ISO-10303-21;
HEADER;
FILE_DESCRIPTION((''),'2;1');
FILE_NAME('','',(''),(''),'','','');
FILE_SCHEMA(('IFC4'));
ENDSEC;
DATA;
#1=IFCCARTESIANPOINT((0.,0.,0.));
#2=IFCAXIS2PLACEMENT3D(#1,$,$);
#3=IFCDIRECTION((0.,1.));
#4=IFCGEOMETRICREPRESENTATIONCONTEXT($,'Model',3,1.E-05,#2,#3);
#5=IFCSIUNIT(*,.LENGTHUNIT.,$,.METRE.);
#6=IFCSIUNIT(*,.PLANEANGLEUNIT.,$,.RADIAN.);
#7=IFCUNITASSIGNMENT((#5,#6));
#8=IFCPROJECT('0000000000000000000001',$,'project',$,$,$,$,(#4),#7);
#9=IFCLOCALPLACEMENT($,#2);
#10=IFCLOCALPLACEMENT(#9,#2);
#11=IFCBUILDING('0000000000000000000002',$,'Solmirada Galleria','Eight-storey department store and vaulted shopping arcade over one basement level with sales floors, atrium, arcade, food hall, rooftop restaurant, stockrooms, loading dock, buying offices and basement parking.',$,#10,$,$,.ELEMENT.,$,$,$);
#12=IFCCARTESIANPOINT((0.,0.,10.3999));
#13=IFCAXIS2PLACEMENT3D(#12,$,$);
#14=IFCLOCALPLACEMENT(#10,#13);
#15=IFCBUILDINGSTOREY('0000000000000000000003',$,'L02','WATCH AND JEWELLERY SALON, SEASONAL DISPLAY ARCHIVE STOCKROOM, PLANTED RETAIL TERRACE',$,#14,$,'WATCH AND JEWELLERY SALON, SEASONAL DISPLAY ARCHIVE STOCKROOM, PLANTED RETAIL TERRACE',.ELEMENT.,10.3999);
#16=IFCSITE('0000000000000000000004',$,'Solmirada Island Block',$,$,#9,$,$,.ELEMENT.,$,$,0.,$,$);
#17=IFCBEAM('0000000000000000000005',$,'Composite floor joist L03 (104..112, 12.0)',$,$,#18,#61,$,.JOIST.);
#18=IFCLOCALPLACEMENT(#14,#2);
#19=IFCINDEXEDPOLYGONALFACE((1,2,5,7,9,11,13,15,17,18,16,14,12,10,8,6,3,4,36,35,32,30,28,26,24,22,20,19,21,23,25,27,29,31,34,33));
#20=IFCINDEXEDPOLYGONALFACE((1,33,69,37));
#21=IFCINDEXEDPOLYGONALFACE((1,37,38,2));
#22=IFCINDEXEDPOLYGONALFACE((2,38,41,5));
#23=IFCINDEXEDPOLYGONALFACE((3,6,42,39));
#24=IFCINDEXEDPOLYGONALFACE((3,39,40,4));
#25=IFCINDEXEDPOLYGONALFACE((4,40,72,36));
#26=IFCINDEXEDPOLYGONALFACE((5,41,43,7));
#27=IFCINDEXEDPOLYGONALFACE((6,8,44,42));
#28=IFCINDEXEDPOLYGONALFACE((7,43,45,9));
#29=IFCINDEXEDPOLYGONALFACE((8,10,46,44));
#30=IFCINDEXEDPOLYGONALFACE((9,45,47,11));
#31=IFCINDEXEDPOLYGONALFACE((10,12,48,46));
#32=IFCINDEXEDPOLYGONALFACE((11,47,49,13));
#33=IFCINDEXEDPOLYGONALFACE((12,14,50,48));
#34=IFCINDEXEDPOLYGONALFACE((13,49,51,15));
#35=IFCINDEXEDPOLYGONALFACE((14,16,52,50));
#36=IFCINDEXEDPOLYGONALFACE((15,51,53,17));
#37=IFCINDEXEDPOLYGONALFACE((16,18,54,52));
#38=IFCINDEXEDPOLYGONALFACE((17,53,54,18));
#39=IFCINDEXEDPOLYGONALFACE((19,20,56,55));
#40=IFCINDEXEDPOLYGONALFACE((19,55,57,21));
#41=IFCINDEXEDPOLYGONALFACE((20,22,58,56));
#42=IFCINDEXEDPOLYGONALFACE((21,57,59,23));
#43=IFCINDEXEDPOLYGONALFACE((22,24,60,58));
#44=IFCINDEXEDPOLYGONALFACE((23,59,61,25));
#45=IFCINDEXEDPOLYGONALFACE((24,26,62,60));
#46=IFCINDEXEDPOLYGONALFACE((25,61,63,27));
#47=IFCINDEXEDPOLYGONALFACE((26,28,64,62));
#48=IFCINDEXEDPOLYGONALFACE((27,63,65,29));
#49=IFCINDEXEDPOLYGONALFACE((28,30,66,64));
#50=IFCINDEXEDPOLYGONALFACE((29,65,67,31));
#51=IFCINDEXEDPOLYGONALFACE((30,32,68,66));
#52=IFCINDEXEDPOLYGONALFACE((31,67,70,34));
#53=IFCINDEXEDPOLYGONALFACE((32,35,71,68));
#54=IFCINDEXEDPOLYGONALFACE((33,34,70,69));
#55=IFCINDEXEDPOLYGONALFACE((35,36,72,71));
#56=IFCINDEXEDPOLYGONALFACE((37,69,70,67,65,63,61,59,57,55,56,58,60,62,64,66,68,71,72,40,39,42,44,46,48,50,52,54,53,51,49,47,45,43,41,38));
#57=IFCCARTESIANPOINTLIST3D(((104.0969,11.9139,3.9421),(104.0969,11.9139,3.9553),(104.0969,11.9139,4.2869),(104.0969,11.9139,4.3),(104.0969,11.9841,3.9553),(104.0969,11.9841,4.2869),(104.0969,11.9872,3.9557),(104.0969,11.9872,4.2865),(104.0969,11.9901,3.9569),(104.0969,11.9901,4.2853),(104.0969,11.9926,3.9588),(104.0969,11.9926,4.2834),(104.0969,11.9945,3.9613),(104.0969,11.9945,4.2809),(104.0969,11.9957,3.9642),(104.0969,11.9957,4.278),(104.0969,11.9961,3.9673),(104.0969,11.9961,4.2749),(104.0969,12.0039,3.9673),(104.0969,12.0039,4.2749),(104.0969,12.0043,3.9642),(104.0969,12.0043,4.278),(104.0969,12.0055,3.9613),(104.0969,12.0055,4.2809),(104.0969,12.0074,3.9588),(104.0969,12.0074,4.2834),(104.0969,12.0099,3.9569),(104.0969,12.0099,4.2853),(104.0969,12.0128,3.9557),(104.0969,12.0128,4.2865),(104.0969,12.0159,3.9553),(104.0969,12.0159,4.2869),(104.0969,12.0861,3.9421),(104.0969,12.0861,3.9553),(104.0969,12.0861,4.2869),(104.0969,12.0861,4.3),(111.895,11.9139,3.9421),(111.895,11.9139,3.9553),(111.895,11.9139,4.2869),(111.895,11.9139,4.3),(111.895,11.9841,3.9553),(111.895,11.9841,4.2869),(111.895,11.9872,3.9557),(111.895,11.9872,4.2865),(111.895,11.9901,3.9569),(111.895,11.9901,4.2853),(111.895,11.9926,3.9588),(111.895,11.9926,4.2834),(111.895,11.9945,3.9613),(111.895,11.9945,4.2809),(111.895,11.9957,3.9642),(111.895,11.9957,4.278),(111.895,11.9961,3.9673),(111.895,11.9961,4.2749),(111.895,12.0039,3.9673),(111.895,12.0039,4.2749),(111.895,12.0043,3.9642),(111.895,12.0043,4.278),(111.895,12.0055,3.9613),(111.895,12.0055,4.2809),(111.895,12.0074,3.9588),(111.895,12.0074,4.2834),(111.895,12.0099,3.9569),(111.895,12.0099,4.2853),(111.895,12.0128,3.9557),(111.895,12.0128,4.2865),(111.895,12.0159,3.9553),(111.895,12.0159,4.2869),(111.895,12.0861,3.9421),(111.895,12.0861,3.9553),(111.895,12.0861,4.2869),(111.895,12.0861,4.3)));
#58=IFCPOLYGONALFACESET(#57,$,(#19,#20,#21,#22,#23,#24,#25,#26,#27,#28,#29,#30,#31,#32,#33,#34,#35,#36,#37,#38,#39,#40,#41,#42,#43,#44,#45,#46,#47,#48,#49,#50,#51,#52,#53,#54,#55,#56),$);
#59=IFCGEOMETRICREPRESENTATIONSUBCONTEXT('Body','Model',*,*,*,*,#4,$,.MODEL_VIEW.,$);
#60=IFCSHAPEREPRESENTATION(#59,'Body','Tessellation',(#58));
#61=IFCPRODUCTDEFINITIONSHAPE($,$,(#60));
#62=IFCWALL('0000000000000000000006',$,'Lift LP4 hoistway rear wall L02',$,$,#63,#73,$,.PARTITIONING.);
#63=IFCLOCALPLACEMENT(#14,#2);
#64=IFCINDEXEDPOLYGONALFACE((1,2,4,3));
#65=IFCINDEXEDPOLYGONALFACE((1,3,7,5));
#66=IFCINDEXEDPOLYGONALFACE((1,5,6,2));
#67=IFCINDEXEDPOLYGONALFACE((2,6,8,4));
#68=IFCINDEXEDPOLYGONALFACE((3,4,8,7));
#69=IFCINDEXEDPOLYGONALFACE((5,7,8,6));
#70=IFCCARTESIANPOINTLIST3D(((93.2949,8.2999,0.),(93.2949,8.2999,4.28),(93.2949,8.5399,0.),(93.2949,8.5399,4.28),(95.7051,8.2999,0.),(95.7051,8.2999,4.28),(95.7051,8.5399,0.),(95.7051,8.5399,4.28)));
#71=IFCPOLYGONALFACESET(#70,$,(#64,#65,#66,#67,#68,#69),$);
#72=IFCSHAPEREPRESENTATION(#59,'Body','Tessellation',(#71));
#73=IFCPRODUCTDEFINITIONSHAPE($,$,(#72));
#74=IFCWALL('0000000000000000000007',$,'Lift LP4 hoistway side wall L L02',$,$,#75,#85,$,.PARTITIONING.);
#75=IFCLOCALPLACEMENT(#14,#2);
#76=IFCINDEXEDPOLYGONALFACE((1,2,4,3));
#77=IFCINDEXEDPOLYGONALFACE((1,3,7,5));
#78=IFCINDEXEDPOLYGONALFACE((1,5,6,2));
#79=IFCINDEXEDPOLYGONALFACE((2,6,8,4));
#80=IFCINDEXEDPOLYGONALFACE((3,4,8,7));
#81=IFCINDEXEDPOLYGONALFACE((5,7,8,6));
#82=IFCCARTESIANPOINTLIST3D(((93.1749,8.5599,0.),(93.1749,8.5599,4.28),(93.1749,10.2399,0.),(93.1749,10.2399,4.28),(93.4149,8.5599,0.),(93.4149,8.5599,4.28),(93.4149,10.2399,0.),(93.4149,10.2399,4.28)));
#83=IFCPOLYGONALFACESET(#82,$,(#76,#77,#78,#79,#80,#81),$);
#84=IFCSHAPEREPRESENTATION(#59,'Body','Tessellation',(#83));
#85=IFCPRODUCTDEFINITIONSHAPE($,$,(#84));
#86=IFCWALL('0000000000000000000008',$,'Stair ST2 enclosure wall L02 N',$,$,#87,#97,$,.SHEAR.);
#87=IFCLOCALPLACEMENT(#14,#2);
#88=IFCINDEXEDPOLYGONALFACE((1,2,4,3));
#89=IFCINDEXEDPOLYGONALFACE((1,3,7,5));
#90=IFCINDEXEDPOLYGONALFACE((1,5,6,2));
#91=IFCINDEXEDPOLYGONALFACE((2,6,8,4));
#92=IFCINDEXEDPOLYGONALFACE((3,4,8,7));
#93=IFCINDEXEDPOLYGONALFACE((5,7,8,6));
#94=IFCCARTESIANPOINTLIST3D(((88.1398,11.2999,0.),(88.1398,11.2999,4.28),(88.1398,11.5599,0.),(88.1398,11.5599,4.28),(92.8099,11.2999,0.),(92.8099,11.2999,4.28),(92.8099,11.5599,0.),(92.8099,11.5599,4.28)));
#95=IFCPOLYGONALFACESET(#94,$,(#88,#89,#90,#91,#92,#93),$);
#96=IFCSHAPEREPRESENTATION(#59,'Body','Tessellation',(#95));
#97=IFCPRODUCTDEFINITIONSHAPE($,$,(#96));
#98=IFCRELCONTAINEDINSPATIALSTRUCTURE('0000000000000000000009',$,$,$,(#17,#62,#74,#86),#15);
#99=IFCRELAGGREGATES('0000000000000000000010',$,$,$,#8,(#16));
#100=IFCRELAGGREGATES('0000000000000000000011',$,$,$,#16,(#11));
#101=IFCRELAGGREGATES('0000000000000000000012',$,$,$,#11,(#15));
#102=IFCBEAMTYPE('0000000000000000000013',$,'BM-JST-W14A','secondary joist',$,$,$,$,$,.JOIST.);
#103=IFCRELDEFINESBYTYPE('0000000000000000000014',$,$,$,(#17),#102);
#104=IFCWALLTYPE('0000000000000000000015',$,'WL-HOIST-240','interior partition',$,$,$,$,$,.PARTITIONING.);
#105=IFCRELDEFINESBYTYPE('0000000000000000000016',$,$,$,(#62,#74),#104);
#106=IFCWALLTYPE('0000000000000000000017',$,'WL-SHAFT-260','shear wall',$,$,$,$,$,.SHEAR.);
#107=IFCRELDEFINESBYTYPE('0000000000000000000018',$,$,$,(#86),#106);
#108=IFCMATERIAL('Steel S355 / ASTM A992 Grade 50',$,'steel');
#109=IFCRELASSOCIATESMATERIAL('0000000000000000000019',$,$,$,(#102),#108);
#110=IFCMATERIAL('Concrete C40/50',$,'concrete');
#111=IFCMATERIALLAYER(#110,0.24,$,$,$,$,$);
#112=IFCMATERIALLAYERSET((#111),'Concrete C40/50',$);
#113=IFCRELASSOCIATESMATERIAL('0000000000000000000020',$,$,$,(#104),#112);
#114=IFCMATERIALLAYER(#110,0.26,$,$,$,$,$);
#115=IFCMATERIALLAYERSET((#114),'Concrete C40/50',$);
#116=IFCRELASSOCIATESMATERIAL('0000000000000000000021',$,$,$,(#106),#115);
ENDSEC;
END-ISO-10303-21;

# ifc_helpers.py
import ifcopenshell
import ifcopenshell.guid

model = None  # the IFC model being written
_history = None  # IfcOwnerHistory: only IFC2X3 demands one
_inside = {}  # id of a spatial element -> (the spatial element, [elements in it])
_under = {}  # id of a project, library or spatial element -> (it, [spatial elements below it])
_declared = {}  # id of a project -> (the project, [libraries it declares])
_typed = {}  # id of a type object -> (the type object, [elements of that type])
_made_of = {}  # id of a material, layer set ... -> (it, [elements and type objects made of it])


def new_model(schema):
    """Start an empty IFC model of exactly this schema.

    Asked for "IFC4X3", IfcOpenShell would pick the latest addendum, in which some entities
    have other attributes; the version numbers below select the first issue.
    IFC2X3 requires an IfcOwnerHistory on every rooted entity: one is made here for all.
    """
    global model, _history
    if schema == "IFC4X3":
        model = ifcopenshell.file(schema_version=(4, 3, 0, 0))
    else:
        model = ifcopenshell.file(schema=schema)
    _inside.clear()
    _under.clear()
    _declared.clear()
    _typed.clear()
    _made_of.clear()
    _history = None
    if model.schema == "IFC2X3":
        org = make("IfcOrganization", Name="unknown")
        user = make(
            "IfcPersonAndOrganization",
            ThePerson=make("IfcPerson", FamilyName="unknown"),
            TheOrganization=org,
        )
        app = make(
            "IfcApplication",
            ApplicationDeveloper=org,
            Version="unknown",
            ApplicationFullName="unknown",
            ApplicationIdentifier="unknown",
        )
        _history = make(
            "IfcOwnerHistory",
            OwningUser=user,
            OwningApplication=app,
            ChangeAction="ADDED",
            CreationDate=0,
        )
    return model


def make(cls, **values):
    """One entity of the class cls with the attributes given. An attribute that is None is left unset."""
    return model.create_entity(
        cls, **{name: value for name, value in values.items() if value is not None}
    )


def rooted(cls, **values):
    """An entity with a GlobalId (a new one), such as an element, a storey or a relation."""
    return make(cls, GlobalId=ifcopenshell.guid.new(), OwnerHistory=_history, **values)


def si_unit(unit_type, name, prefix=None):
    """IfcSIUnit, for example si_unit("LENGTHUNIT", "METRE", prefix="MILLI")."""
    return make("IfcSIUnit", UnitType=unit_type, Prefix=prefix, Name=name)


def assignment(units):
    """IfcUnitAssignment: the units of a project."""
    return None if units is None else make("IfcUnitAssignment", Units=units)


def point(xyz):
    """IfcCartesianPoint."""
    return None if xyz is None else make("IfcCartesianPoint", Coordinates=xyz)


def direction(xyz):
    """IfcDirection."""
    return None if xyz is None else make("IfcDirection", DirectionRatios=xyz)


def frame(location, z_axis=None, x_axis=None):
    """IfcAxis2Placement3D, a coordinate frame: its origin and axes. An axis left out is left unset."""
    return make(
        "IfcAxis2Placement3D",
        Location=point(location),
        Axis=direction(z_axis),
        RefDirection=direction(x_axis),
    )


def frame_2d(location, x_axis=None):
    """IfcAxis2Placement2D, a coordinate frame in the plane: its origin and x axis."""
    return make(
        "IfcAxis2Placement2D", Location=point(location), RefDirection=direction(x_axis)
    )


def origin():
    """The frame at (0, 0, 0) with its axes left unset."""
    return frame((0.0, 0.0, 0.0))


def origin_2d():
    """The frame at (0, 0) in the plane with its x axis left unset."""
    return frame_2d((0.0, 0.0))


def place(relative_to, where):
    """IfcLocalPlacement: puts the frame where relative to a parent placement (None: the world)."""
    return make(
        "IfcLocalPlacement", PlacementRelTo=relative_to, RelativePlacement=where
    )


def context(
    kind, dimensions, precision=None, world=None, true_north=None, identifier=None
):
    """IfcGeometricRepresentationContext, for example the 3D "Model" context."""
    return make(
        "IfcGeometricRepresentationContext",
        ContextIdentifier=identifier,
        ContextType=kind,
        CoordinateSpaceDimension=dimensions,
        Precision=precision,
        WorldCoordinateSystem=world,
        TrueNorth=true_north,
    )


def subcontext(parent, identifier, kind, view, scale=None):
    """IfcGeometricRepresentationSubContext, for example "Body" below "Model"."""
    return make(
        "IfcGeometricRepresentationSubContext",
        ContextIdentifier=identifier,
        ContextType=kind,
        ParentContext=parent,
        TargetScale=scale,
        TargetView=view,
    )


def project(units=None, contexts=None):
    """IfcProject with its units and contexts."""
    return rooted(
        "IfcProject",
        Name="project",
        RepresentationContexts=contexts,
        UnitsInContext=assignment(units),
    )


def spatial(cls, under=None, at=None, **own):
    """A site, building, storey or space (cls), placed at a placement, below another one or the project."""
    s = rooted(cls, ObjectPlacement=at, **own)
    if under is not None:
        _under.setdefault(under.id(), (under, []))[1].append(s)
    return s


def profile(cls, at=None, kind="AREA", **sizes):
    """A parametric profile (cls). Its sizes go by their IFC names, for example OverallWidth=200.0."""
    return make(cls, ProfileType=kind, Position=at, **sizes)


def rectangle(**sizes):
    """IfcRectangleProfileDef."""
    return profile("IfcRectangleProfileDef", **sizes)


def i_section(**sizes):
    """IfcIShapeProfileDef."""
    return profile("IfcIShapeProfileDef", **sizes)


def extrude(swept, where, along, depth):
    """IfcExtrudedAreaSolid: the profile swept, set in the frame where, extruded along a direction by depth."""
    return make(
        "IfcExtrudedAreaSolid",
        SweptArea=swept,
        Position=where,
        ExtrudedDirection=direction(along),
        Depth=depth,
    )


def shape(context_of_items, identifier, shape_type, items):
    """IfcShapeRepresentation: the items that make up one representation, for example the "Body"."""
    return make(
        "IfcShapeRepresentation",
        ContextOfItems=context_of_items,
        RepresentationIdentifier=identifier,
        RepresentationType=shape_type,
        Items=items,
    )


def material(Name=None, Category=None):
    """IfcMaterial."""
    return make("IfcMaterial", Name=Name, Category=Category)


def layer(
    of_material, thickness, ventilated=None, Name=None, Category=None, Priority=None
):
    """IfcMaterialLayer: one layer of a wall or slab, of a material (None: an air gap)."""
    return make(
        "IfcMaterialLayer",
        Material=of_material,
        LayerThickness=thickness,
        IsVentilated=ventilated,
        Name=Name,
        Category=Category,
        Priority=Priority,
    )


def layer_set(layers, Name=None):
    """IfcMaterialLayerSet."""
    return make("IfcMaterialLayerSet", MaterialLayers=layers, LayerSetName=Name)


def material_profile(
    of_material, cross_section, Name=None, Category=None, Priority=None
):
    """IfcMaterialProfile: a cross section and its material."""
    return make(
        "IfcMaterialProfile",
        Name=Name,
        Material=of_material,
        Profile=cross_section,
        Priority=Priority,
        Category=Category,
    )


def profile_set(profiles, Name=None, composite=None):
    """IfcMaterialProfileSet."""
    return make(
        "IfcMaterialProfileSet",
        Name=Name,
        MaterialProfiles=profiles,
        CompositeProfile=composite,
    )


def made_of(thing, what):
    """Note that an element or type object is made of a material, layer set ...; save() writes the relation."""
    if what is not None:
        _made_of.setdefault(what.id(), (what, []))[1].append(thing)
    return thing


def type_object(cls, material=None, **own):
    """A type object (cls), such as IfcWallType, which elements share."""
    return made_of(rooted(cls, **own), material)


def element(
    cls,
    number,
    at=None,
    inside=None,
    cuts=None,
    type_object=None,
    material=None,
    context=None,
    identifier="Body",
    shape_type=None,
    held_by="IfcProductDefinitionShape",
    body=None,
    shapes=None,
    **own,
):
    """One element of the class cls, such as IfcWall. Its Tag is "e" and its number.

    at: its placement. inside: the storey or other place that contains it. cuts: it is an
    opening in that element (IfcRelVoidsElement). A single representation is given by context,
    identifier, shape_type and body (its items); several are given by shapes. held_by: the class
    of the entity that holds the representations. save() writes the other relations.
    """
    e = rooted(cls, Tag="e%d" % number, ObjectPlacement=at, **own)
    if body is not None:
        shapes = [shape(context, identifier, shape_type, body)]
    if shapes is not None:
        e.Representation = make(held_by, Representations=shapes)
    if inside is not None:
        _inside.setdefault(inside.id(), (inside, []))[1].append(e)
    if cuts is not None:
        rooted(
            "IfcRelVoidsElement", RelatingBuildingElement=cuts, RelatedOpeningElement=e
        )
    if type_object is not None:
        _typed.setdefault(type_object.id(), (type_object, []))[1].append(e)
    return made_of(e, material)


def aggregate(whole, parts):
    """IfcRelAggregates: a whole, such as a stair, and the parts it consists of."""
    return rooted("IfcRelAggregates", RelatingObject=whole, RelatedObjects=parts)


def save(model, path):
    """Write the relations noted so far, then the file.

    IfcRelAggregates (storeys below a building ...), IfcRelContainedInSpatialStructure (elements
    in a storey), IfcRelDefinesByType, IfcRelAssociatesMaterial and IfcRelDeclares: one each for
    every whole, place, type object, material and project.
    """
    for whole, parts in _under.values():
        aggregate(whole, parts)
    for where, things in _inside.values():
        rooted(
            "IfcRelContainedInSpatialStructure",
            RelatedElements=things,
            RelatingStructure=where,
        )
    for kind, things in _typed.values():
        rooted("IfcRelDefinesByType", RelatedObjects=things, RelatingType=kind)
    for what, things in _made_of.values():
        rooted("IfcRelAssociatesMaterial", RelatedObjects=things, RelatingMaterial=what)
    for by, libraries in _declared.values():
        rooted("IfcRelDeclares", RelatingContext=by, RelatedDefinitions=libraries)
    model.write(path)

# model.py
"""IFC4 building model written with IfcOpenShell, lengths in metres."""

from ifc_helpers import new_model, si_unit, direction, frame, frame_2d, origin, origin_2d, place, context, subcontext, project, spatial, rectangle, i_section, extrude, material, layer, layer_set, material_profile, profile_set, type_object, element, save


model = new_model("IFC4")

# Units and contexts
model_context = context("Model", 3, precision=1e-05, world=origin(), true_north=direction((0.0, 1.0)))
body_context = subcontext(model_context, "Body", "Model", "MODEL_VIEW")
ifc_project = project(units=[si_unit("LENGTHUNIT", "METRE"), si_unit("PLANEANGLEUNIT", "RADIAN")], contexts=[model_context])

# Site, building, storey
site_placement = place(None, origin())
site = spatial("IfcSite", under=ifc_project, at=site_placement, Name="Solmirada Island Block", CompositionType="ELEMENT", RefElevation=0.0)
building_placement = place(site_placement, origin())
building = spatial("IfcBuilding", under=site, at=building_placement, Name="Solmirada Galleria", Description="Eight-storey department store and vaulted shopping arcade over one basement level with sales floors, atrium, arcade, food hall, rooftop restaurant, stockrooms, loading dock, buying offices and basement parking.", CompositionType="ELEMENT")
storey_placement = place(building_placement, frame((0.0, 0.0, 10.3999)))
storey = spatial("IfcBuildingStorey", under=building, at=storey_placement, Name="L02", Description="WATCH AND JEWELLERY SALON, SEASONAL DISPLAY ARCHIVE STOCKROOM, PLANTED RETAIL TERRACE", LongName="WATCH AND JEWELLERY SALON, SEASONAL DISPLAY ARCHIVE STOCKROOM, PLANTED RETAIL TERRACE", CompositionType="ELEMENT", Elevation=10.3999)

# Shared definitions
ifc_material_1 = material(Name="Concrete C40/50", Category="concrete")

# Beam
ifc_material_2 = material(Name="Steel S355 / ASTM A992 Grade 50", Category="steel")
ifc_material_profile_1 = material_profile(ifc_material_2, i_section(OverallWidth=0.1721, OverallDepth=0.3579, WebThickness=0.0078, FlangeThickness=0.0132, FilletRadius=0.012, at=origin_2d()), Name="W14X38")
ifc_profile_set_1 = profile_set([ifc_material_profile_1], Name="Steel S355 / ASTM A992 Grade 50")
beam_type_1 = type_object("IfcBeamType", Name="BM-JST-W14A", Description="secondary joist", PredefinedType="JOIST", material=ifc_profile_set_1)
for number, where, z_axis, x_axis, name in (
    (1, (104.0969, 12.0, 4.1211), (1.0, 0.0, 0.0), (0.0, 1.0, 0.0), "Composite floor joist L03 (104..112, 12.0)"),
):
    element("IfcBeam", number, at=place(storey_placement, frame(where, z_axis=z_axis, x_axis=x_axis)), inside=storey, type_object=beam_type_1, Name=name, PredefinedType="JOIST", context=body_context, shape_type="SweptSolid", body=[
        extrude(i_section(OverallWidth=0.1721, OverallDepth=0.3579, WebThickness=0.0078, FlangeThickness=0.0132, FilletRadius=0.012, at=origin_2d()), origin(), (0.0, 0.0, 1.0), 7.7981),
    ])

# Shared definitions
ifc_layer_1 = layer(ifc_material_1, 0.24)
ifc_layer_set_1 = layer_set([ifc_layer_1], Name="Concrete C40/50")
wall_type_1 = type_object("IfcWallType", Name="WL-HOIST-240", Description="interior partition", PredefinedType="PARTITIONING", material=ifc_layer_set_1)

# Walls
wall_1_placement = place(storey_placement, frame((93.2949, 8.4199, 0.0), z_axis=(0.0, 0.0, 1.0), x_axis=(1.0, 0.0, 0.0)))
element("IfcWall", 2, at=wall_1_placement, inside=storey, type_object=wall_type_1, Name="Lift LP4 hoistway rear wall L02", PredefinedType="PARTITIONING", context=body_context, shape_type="SweptSolid", body=[
    extrude(rectangle(XDim=2.4102, YDim=0.24, at=frame_2d((1.2051, 0.0))), origin(), (0.0, 0.0, 1.0), 4.28),
])
wall_2_placement = place(storey_placement, frame((93.2949, 8.5601, 0.0), z_axis=(0.0, 0.0, 1.0), x_axis=(0.0, 1.0, 0.0)))
element("IfcWall", 3, at=wall_2_placement, inside=storey, type_object=wall_type_1, Name="Lift LP4 hoistway side wall L L02", PredefinedType="PARTITIONING", context=body_context, shape_type="SweptSolid", body=[
    extrude(rectangle(XDim=1.6799, YDim=0.24, at=frame_2d((0.8398, 0.0))), origin(), (0.0, 0.0, 1.0), 4.28),
])
ifc_layer_2 = layer(ifc_material_1, 0.26)
ifc_layer_set_2 = layer_set([ifc_layer_2], Name="Concrete C40/50")
wall_type_2 = type_object("IfcWallType", Name="WL-SHAFT-260", Description="shear wall", PredefinedType="SHEAR", material=ifc_layer_set_2)
wall_3_placement = place(storey_placement, frame((88.1399, 11.4299, 0.0), z_axis=(0.0, 0.0, 1.0), x_axis=(1.0, 0.0, 0.0)))
element("IfcWall", 4, at=wall_3_placement, inside=storey, type_object=wall_type_2, Name="Stair ST2 enclosure wall L02 N", PredefinedType="SHEAR", context=body_context, shape_type="SweptSolid", body=[
    extrude(rectangle(XDim=4.6702, YDim=0.26, at=frame_2d((2.335, 0.0))), origin(), (0.0, 0.0, 1.0), 4.28),
])

save(model, "model.ifc")
